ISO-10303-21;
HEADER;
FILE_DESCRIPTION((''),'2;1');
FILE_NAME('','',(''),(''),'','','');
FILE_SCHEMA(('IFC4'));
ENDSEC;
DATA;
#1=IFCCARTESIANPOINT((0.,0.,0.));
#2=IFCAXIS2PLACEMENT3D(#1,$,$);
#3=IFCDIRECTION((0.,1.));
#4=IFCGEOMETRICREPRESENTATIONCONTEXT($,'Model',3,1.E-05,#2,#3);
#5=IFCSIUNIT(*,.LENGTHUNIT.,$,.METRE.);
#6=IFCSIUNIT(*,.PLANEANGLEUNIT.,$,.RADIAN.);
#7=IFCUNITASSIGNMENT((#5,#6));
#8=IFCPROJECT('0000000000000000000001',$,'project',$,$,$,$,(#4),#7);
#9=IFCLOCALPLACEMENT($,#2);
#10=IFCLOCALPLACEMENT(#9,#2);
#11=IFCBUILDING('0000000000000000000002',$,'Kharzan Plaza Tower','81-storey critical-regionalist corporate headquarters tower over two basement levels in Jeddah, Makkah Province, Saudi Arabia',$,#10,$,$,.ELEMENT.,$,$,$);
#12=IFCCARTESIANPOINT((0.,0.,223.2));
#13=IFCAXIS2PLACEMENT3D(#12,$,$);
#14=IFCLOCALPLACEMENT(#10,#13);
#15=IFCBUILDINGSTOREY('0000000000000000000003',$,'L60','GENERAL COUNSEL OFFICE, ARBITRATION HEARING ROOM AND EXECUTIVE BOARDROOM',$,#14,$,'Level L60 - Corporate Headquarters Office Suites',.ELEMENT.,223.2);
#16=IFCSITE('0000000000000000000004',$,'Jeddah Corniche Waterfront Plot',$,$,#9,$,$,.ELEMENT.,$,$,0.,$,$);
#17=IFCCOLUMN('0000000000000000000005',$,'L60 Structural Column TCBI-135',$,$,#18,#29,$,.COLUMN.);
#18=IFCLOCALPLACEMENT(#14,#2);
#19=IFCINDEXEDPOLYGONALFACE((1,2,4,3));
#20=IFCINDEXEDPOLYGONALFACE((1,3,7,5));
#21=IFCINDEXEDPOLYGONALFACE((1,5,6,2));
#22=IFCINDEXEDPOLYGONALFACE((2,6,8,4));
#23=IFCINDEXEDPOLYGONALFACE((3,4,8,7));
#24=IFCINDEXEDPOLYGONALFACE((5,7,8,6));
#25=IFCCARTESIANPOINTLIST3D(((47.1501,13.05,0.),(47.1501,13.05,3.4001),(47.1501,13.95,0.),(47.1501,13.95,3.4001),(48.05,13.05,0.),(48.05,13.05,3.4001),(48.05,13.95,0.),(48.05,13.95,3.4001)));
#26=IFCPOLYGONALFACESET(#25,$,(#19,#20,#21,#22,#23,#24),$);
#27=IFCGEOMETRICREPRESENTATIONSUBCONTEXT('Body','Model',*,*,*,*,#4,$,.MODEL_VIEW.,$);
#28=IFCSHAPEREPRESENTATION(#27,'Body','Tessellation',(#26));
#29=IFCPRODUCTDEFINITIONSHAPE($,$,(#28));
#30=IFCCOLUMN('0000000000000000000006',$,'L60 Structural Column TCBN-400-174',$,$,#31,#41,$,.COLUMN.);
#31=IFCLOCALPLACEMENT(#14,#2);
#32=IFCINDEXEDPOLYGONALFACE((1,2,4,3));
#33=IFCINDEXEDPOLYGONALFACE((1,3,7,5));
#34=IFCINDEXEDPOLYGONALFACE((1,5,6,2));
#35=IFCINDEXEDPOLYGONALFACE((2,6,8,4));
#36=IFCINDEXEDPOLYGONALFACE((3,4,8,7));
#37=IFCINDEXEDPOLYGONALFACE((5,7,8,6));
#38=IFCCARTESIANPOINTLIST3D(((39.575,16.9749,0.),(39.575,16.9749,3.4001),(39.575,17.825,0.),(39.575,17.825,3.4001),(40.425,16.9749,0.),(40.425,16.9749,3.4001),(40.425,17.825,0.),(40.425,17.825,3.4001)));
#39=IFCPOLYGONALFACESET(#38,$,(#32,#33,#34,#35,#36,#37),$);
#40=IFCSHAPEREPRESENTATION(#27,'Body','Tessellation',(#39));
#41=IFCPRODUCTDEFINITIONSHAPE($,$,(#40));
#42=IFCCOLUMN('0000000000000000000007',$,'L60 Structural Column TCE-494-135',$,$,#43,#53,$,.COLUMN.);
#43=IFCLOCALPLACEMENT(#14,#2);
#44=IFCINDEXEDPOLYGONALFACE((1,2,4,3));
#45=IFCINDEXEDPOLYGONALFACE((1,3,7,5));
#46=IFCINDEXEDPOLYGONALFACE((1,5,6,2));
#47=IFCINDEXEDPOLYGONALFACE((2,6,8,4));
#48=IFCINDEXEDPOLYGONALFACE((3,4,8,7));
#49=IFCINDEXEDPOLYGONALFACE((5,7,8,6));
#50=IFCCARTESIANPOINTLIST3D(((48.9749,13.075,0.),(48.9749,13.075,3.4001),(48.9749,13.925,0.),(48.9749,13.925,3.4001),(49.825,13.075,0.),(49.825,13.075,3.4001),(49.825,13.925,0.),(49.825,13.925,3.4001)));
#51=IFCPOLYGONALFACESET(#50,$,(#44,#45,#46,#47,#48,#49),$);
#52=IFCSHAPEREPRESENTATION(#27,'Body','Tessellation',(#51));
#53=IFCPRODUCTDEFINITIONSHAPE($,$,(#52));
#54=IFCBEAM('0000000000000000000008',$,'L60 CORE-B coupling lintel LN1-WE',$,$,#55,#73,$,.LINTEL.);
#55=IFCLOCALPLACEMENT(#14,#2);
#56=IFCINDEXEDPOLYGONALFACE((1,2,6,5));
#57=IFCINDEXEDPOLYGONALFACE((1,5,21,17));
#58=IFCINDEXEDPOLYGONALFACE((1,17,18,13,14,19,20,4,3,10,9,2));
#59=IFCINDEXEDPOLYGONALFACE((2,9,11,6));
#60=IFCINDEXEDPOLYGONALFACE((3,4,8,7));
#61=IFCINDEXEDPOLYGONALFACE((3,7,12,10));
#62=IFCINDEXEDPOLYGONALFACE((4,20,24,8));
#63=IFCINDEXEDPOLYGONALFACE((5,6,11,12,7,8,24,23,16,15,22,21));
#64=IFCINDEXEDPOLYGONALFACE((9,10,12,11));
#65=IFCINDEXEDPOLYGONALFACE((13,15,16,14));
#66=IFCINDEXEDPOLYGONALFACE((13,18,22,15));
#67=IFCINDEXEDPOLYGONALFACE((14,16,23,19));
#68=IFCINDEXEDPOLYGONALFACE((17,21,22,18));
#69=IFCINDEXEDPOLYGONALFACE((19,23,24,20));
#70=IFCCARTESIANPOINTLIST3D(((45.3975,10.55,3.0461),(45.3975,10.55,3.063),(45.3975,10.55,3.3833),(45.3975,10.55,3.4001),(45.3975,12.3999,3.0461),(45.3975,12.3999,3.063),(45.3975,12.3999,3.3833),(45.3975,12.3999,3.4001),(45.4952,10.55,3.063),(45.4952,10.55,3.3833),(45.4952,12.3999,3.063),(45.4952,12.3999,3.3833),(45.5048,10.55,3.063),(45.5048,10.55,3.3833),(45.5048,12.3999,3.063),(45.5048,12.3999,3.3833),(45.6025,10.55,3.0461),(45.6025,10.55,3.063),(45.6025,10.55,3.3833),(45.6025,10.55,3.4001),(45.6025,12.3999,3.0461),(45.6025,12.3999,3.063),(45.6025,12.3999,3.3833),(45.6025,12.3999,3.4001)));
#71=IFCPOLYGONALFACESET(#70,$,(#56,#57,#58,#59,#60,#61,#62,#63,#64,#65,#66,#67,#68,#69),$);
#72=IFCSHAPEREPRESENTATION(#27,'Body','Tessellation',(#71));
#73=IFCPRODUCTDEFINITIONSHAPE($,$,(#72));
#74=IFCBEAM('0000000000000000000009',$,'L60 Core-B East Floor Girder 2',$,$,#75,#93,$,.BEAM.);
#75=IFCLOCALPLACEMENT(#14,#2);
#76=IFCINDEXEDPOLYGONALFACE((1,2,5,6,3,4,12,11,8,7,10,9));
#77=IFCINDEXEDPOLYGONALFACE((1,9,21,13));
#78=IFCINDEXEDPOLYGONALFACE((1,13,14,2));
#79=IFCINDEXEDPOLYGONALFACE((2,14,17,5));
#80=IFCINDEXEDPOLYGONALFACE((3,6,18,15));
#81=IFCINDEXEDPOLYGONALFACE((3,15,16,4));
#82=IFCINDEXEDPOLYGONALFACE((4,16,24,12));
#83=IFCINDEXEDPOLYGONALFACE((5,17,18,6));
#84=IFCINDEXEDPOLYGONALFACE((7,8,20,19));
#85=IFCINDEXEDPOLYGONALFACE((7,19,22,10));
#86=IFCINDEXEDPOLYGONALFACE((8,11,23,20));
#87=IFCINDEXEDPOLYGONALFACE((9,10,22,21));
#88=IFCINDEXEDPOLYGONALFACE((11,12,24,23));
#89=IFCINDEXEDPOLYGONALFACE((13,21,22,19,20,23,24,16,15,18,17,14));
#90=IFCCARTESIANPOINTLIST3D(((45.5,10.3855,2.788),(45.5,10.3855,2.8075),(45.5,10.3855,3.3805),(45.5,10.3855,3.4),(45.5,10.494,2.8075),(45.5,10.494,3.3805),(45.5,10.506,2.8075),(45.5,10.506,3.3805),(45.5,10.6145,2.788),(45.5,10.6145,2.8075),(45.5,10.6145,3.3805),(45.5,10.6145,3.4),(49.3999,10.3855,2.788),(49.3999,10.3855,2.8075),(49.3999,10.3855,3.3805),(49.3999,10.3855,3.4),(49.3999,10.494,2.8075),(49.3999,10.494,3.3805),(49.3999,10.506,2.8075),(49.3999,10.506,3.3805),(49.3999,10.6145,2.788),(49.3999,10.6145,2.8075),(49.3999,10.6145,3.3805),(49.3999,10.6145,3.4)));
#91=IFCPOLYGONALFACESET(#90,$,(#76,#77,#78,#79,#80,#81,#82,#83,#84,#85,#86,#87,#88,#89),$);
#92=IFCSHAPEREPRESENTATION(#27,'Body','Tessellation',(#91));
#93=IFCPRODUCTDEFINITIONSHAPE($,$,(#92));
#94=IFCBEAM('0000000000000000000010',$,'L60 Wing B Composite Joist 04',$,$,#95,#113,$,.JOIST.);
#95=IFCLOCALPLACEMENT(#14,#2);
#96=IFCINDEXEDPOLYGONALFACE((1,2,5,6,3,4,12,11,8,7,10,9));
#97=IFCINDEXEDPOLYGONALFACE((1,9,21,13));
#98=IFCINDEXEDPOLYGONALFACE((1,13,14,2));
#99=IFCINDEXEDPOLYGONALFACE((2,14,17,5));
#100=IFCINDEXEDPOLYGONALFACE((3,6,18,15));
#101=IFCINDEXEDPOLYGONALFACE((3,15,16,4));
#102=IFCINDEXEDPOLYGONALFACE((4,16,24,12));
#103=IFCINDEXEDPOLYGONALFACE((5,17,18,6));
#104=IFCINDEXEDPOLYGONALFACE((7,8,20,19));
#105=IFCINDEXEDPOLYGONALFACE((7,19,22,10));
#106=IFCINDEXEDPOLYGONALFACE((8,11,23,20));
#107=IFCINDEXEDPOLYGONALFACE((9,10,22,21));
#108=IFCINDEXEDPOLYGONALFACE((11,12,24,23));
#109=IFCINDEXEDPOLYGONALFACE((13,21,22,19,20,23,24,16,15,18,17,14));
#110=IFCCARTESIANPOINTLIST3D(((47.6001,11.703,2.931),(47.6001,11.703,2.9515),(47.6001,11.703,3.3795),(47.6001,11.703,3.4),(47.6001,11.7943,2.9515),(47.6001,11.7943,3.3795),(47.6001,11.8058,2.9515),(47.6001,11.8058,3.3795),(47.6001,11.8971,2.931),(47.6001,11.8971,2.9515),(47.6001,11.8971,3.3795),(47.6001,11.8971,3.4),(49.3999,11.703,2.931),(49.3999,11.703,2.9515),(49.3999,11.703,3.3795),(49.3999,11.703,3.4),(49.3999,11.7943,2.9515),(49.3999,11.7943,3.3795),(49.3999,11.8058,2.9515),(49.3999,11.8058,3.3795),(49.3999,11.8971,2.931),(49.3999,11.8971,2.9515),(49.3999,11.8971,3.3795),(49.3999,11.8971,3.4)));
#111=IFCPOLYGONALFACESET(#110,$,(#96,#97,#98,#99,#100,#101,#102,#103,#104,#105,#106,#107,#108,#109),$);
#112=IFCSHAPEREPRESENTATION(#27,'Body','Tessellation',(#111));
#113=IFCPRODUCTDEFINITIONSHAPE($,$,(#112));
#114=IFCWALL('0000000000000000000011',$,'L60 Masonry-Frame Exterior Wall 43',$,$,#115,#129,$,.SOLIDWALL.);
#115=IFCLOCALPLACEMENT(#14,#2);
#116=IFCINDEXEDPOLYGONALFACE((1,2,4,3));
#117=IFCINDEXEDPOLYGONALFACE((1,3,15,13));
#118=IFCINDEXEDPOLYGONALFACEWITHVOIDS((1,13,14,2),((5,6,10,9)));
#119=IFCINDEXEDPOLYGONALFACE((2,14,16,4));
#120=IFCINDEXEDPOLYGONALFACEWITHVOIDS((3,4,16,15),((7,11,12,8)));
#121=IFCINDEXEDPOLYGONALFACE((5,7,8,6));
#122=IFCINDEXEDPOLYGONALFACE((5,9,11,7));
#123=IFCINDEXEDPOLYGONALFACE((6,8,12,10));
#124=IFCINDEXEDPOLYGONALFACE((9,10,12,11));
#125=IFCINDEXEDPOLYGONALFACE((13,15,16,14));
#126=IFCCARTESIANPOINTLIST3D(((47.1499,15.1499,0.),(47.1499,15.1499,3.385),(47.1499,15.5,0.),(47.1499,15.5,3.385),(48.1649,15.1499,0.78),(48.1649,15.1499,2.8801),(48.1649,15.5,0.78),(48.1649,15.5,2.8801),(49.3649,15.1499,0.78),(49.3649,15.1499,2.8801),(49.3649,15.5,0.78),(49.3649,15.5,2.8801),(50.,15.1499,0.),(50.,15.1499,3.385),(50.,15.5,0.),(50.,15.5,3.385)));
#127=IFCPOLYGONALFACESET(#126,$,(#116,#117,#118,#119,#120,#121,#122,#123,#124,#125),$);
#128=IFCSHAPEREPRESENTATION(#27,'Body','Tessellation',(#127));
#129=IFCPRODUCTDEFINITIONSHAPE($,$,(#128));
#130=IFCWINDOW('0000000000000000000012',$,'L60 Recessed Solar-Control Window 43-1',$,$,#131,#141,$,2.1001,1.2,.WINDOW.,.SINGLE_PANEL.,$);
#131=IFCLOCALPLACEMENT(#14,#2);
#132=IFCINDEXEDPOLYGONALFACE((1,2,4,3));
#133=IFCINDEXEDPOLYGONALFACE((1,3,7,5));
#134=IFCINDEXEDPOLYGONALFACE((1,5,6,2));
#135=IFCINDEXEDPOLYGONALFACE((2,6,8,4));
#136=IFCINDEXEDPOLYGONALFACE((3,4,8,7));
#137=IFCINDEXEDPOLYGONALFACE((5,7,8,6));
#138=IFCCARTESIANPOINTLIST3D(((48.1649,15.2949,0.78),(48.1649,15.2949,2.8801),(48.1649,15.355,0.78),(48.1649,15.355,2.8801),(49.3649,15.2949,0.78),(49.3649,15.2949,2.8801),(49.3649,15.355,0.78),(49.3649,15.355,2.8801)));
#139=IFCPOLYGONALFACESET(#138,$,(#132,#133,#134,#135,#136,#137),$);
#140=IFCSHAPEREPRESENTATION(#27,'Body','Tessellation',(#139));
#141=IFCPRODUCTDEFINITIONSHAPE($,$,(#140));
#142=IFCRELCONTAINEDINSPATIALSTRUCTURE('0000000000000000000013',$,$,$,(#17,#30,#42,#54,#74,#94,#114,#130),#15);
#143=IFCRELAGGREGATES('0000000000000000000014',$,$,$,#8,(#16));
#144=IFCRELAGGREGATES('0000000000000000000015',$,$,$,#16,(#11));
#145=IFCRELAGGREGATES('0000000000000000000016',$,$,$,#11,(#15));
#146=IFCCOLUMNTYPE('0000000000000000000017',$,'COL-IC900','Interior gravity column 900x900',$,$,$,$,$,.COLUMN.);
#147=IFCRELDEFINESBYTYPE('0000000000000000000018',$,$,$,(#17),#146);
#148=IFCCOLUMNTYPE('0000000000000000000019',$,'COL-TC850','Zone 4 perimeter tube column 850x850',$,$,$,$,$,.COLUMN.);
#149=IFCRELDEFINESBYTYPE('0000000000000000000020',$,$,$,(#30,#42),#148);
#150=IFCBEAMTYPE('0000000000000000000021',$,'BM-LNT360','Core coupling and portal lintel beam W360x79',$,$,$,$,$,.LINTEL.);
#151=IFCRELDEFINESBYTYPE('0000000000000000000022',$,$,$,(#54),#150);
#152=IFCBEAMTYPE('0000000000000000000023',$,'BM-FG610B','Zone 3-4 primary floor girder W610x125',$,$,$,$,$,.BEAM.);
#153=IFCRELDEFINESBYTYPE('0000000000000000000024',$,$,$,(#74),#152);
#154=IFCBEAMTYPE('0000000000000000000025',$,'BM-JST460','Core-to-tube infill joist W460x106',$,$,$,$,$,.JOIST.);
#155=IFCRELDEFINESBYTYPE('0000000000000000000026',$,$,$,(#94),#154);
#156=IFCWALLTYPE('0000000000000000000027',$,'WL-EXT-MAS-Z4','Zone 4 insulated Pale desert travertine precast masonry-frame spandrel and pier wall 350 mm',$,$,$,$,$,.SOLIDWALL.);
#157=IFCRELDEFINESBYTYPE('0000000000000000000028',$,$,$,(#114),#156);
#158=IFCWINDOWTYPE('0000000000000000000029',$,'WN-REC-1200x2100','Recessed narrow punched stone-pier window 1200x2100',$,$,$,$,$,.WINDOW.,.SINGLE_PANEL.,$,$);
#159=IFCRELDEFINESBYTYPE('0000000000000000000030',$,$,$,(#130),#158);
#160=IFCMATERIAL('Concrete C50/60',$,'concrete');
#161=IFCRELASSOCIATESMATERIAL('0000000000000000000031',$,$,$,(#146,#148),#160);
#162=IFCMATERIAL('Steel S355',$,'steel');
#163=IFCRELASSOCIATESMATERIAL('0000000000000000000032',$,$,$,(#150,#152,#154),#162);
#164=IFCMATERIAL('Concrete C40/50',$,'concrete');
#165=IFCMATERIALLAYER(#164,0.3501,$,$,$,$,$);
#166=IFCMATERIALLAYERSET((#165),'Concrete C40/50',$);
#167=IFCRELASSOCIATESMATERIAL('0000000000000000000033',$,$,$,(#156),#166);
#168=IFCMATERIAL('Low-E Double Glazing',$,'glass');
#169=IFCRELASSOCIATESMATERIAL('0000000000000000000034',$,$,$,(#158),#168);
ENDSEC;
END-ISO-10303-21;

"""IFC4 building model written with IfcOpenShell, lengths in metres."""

from ifc_helpers import new_model, si_unit, direction, frame, frame_2d, origin, origin_2d, place, context, subcontext, project, spatial, rectangle, i_section, extrude, source, transform, mapped, material, layer, layer_set, material_profile, profile_set, type_object, element, fill, save


model = new_model("IFC4")

# Units and contexts
model_context = context("Model", 3, precision=1e-05, world=origin(), true_north=direction((0.0, 1.0)))
body_context = subcontext(model_context, "Body", "Model", "MODEL_VIEW")
ifc_project = project(units=[si_unit("LENGTHUNIT", "METRE"), si_unit("PLANEANGLEUNIT", "RADIAN")], contexts=[model_context])

# Site, building, storey
site_placement = place(None, origin())
site = spatial("IfcSite", under=ifc_project, at=site_placement, Name="Jeddah Corniche Waterfront Plot", CompositionType="ELEMENT", RefElevation=0.0)
building_placement = place(site_placement, origin())
building = spatial("IfcBuilding", under=site, at=building_placement, Name="Kharzan Plaza Tower", Description="81-storey critical-regionalist corporate headquarters tower over two basement levels in Jeddah, Makkah Province, Saudi Arabia", CompositionType="ELEMENT")
storey_placement = place(building_placement, frame((0.0, 0.0, 223.2)))
storey = spatial("IfcBuildingStorey", under=building, at=storey_placement, Name="L60", Description="GENERAL COUNSEL OFFICE, ARBITRATION HEARING ROOM AND EXECUTIVE BOARDROOM", LongName="Level L60 - Corporate Headquarters Office Suites", CompositionType="ELEMENT", Elevation=223.2)

# Columns
ifc_material_1 = material(Name="Concrete C50/60", Category="concrete")
ifc_material_profile_1 = material_profile(ifc_material_1, rectangle(XDim=0.8999, YDim=0.8999, at=origin_2d()), Name="RC-IC900x900")
ifc_profile_set_1 = profile_set([ifc_material_profile_1], Name="Concrete C50/60")
column_type_1 = type_object("IfcColumnType", Name="COL-IC900", Description="Interior gravity column 900x900", PredefinedType="COLUMN", material=ifc_profile_set_1)
shared_shape_1 = source(origin(), body_context, "Body", "SweptSolid", [
    extrude(rectangle(XDim=0.8999, YDim=0.8999, at=origin_2d()), origin(), (0.0, 0.0, 1.0), 3.4001),
])
column_placement = place(storey_placement, frame((47.6001, 13.5, 0.0), z_axis=(0.0, 0.0, 1.0), x_axis=(1.0, 0.0, 0.0)))
element("IfcColumn", 1, at=column_placement, inside=storey, type_object=column_type_1, Name="L60 Structural Column TCBI-135", PredefinedType="COLUMN", context=body_context, shape_type="MappedRepresentation", body=[
    mapped(shared_shape_1, transform((0.0, 0.0, 0.0), x_axis=(1.0, 0.0, 0.0), y_axis=(0.0, 1.0, 0.0), z_axis=(0.0, 0.0, 1.0))),
])
ifc_material_profile_2 = material_profile(ifc_material_1, rectangle(XDim=0.8501, YDim=0.8501, at=origin_2d()), Name="RC-TC850x850")
ifc_profile_set_2 = profile_set([ifc_material_profile_2], Name="Concrete C50/60")
column_type_2 = type_object("IfcColumnType", Name="COL-TC850", Description="Zone 4 perimeter tube column 850x850", PredefinedType="COLUMN", material=ifc_profile_set_2)
shared_shape_2 = source(origin(), body_context, "Body", "SweptSolid", [
    extrude(rectangle(XDim=0.8501, YDim=0.8501, at=origin_2d()), origin(), (0.0, 0.0, 1.0), 3.4001),
])
for number, where, z_axis, x_axis, name in (
    (2, (40.0, 17.3999, 0.0), (0.0, 0.0, 1.0), (1.0, 0.0, 0.0), "L60 Structural Column TCBN-400-174"),
    (3, (49.3999, 13.5, 0.0), (0.0, 0.0, 1.0), (1.0, 0.0, 0.0), "L60 Structural Column TCE-494-135"),
):
    element("IfcColumn", number, at=place(storey_placement, frame(where, z_axis=z_axis, x_axis=x_axis)), inside=storey, type_object=column_type_2, Name=name, PredefinedType="COLUMN", context=body_context, shape_type="MappedRepresentation", body=[
        mapped(shared_shape_2, transform((0.0, 0.0, 0.0), x_axis=(1.0, 0.0, 0.0), y_axis=(0.0, 1.0, 0.0), z_axis=(0.0, 0.0, 1.0))),
    ])

# Beams
ifc_material_2 = material(Name="Steel S355", Category="steel")
ifc_material_profile_3 = material_profile(ifc_material_2, i_section(OverallWidth=0.2051, OverallDepth=0.354, WebThickness=0.0095, FlangeThickness=0.0168, at=origin_2d()), Name="W360x79")
ifc_profile_set_3 = profile_set([ifc_material_profile_3], Name="Steel S355")
beam_type_1 = type_object("IfcBeamType", Name="BM-LNT360", Description="Core coupling and portal lintel beam W360x79", PredefinedType="LINTEL", material=ifc_profile_set_3)
shared_shape_3 = source(origin(), body_context, "Body", "SweptSolid", [
    extrude(i_section(OverallWidth=0.2051, OverallDepth=0.354, WebThickness=0.0095, FlangeThickness=0.0168, at=origin_2d()), origin(), (0.0, 0.0, 1.0), 1.8499),
])
beam_1_placement = place(storey_placement, frame((45.5, 10.55, 3.2231), z_axis=(0.0, 1.0, 0.0), x_axis=(-1.0, 0.0, 0.0)))
element("IfcBeam", 4, at=beam_1_placement, inside=storey, type_object=beam_type_1, Name="L60 CORE-B coupling lintel LN1-WE", PredefinedType="LINTEL", context=body_context, shape_type="MappedRepresentation", body=[
    mapped(shared_shape_3, transform((0.0, 0.0, 0.0), x_axis=(1.0, 0.0, 0.0), y_axis=(0.0, 1.0, 0.0), z_axis=(0.0, 0.0, 1.0))),
])
ifc_material_profile_4 = material_profile(ifc_material_2, i_section(OverallWidth=0.229, OverallDepth=0.6121, WebThickness=0.012, FlangeThickness=0.0195, at=origin_2d()), Name="W610x125")
ifc_profile_set_4 = profile_set([ifc_material_profile_4], Name="Steel S355")
beam_type_2 = type_object("IfcBeamType", Name="BM-FG610B", Description="Zone 3-4 primary floor girder W610x125", PredefinedType="BEAM", material=ifc_profile_set_4)
shared_shape_4 = source(origin(), body_context, "Body", "SweptSolid", [
    extrude(i_section(OverallWidth=0.229, OverallDepth=0.6121, WebThickness=0.012, FlangeThickness=0.0195, at=origin_2d()), origin(), (0.0, 0.0, 1.0), 3.8999),
])
beam_2_placement = place(storey_placement, frame((45.5, 10.5, 3.094), z_axis=(1.0, 0.0, 0.0), x_axis=(0.0, 1.0, 0.0)))
element("IfcBeam", 5, at=beam_2_placement, inside=storey, type_object=beam_type_2, Name="L60 Core-B East Floor Girder 2", PredefinedType="BEAM", context=body_context, shape_type="MappedRepresentation", body=[
    mapped(shared_shape_4, transform((0.0, 0.0, 0.0), x_axis=(1.0, 0.0, 0.0), y_axis=(0.0, 1.0, 0.0), z_axis=(0.0, 0.0, 1.0))),
])
ifc_material_profile_5 = material_profile(ifc_material_2, i_section(OverallWidth=0.1941, OverallDepth=0.469, WebThickness=0.0115, FlangeThickness=0.0205, at=origin_2d()), Name="W460x106")
ifc_profile_set_5 = profile_set([ifc_material_profile_5], Name="Steel S355")
beam_type_3 = type_object("IfcBeamType", Name="BM-JST460", Description="Core-to-tube infill joist W460x106", PredefinedType="JOIST", material=ifc_profile_set_5)
shared_shape_5 = source(origin(), body_context, "Body", "SweptSolid", [
    extrude(i_section(OverallWidth=0.1941, OverallDepth=0.469, WebThickness=0.0115, FlangeThickness=0.0205, at=origin_2d()), origin(), (0.0, 0.0, 1.0), 1.7998),
])
beam_3_placement = place(storey_placement, frame((47.6001, 11.8, 3.1655), z_axis=(1.0, 0.0, 0.0), x_axis=(0.0, 1.0, 0.0)))
element("IfcBeam", 6, at=beam_3_placement, inside=storey, type_object=beam_type_3, Name="L60 Wing B Composite Joist 04", PredefinedType="JOIST", context=body_context, shape_type="MappedRepresentation", body=[
    mapped(shared_shape_5, transform((0.0, 0.0, 0.0), x_axis=(1.0, 0.0, 0.0), y_axis=(0.0, 1.0, 0.0), z_axis=(0.0, 0.0, 1.0))),
])

# Wall, opening, window
ifc_material_3 = material(Name="Concrete C40/50", Category="concrete")
ifc_layer_1 = layer(ifc_material_3, 0.3501)
ifc_layer_set_1 = layer_set([ifc_layer_1], Name="Concrete C40/50")
wall_type_1 = type_object("IfcWallType", Name="WL-EXT-MAS-Z4", Description="Zone 4 insulated Pale desert travertine precast masonry-frame spandrel and pier wall 350 mm", PredefinedType="SOLIDWALL", material=ifc_layer_set_1)
wall_1_placement = place(storey_placement, frame((50.0, 15.325, 0.0), z_axis=(0.0, 0.0, 1.0), x_axis=(-1.0, 0.0, 0.0)))
wall_1 = element("IfcWall", 7, at=wall_1_placement, inside=storey, type_object=wall_type_1, Name="L60 Masonry-Frame Exterior Wall 43", PredefinedType="SOLIDWALL", context=body_context, shape_type="SweptSolid", body=[
    extrude(rectangle(XDim=2.8501, YDim=0.3501, at=frame_2d((1.425, 0.0))), origin(), (0.0, 0.0, 1.0), 3.385),
])
opening_1_placement = place(wall_1_placement, frame((0.635, 0.0, 0.78)))
opening_1 = element("IfcOpeningElement", 8, at=opening_1_placement, cuts=wall_1, PredefinedType="OPENING", context=body_context, shape_type="SweptSolid", body=[
    extrude(rectangle(XDim=1.2, YDim=2.1001, at=frame_2d((0.6001, 1.05))), frame((0.0, 0.1851, 0.0), z_axis=(0.0, -1.0, 0.0), x_axis=(1.0, 0.0, 0.0)), (0.0, 0.0, 1.0), 0.3701),
])
ifc_material_4 = material(Name="Low-E Double Glazing", Category="glass")
window_type_1 = type_object("IfcWindowType", Name="WN-REC-1200x2100", Description="Recessed narrow punched stone-pier window 1200x2100", PartitioningType="SINGLE_PANEL", PredefinedType="WINDOW", material=ifc_material_4)
shared_shape_6 = source(origin(), body_context, "Body", "SweptSolid", [
    extrude(rectangle(XDim=1.2, YDim=2.1001, at=frame_2d((0.6001, 1.05))), frame((0.0, 0.03, 0.0), z_axis=(0.0, -1.0, 0.0), x_axis=(1.0, 0.0, 0.0)), (0.0, 0.0, 1.0), 0.0601),
])
window_1_placement = place(opening_1_placement, origin())
window_1 = element("IfcWindow", 9, at=window_1_placement, inside=storey, type_object=window_type_1, Name="L60 Recessed Solar-Control Window 43-1", OverallHeight=2.1001, OverallWidth=1.2, PartitioningType="SINGLE_PANEL", PredefinedType="WINDOW", context=body_context, shape_type="MappedRepresentation", body=[
    mapped(shared_shape_6, transform((0.0, 0.0, 0.0), x_axis=(1.0, 0.0, 0.0), y_axis=(0.0, 1.0, 0.0), z_axis=(0.0, 0.0, 1.0))),
])
fill(opening_1, window_1)

save(model, "model.ifc")
